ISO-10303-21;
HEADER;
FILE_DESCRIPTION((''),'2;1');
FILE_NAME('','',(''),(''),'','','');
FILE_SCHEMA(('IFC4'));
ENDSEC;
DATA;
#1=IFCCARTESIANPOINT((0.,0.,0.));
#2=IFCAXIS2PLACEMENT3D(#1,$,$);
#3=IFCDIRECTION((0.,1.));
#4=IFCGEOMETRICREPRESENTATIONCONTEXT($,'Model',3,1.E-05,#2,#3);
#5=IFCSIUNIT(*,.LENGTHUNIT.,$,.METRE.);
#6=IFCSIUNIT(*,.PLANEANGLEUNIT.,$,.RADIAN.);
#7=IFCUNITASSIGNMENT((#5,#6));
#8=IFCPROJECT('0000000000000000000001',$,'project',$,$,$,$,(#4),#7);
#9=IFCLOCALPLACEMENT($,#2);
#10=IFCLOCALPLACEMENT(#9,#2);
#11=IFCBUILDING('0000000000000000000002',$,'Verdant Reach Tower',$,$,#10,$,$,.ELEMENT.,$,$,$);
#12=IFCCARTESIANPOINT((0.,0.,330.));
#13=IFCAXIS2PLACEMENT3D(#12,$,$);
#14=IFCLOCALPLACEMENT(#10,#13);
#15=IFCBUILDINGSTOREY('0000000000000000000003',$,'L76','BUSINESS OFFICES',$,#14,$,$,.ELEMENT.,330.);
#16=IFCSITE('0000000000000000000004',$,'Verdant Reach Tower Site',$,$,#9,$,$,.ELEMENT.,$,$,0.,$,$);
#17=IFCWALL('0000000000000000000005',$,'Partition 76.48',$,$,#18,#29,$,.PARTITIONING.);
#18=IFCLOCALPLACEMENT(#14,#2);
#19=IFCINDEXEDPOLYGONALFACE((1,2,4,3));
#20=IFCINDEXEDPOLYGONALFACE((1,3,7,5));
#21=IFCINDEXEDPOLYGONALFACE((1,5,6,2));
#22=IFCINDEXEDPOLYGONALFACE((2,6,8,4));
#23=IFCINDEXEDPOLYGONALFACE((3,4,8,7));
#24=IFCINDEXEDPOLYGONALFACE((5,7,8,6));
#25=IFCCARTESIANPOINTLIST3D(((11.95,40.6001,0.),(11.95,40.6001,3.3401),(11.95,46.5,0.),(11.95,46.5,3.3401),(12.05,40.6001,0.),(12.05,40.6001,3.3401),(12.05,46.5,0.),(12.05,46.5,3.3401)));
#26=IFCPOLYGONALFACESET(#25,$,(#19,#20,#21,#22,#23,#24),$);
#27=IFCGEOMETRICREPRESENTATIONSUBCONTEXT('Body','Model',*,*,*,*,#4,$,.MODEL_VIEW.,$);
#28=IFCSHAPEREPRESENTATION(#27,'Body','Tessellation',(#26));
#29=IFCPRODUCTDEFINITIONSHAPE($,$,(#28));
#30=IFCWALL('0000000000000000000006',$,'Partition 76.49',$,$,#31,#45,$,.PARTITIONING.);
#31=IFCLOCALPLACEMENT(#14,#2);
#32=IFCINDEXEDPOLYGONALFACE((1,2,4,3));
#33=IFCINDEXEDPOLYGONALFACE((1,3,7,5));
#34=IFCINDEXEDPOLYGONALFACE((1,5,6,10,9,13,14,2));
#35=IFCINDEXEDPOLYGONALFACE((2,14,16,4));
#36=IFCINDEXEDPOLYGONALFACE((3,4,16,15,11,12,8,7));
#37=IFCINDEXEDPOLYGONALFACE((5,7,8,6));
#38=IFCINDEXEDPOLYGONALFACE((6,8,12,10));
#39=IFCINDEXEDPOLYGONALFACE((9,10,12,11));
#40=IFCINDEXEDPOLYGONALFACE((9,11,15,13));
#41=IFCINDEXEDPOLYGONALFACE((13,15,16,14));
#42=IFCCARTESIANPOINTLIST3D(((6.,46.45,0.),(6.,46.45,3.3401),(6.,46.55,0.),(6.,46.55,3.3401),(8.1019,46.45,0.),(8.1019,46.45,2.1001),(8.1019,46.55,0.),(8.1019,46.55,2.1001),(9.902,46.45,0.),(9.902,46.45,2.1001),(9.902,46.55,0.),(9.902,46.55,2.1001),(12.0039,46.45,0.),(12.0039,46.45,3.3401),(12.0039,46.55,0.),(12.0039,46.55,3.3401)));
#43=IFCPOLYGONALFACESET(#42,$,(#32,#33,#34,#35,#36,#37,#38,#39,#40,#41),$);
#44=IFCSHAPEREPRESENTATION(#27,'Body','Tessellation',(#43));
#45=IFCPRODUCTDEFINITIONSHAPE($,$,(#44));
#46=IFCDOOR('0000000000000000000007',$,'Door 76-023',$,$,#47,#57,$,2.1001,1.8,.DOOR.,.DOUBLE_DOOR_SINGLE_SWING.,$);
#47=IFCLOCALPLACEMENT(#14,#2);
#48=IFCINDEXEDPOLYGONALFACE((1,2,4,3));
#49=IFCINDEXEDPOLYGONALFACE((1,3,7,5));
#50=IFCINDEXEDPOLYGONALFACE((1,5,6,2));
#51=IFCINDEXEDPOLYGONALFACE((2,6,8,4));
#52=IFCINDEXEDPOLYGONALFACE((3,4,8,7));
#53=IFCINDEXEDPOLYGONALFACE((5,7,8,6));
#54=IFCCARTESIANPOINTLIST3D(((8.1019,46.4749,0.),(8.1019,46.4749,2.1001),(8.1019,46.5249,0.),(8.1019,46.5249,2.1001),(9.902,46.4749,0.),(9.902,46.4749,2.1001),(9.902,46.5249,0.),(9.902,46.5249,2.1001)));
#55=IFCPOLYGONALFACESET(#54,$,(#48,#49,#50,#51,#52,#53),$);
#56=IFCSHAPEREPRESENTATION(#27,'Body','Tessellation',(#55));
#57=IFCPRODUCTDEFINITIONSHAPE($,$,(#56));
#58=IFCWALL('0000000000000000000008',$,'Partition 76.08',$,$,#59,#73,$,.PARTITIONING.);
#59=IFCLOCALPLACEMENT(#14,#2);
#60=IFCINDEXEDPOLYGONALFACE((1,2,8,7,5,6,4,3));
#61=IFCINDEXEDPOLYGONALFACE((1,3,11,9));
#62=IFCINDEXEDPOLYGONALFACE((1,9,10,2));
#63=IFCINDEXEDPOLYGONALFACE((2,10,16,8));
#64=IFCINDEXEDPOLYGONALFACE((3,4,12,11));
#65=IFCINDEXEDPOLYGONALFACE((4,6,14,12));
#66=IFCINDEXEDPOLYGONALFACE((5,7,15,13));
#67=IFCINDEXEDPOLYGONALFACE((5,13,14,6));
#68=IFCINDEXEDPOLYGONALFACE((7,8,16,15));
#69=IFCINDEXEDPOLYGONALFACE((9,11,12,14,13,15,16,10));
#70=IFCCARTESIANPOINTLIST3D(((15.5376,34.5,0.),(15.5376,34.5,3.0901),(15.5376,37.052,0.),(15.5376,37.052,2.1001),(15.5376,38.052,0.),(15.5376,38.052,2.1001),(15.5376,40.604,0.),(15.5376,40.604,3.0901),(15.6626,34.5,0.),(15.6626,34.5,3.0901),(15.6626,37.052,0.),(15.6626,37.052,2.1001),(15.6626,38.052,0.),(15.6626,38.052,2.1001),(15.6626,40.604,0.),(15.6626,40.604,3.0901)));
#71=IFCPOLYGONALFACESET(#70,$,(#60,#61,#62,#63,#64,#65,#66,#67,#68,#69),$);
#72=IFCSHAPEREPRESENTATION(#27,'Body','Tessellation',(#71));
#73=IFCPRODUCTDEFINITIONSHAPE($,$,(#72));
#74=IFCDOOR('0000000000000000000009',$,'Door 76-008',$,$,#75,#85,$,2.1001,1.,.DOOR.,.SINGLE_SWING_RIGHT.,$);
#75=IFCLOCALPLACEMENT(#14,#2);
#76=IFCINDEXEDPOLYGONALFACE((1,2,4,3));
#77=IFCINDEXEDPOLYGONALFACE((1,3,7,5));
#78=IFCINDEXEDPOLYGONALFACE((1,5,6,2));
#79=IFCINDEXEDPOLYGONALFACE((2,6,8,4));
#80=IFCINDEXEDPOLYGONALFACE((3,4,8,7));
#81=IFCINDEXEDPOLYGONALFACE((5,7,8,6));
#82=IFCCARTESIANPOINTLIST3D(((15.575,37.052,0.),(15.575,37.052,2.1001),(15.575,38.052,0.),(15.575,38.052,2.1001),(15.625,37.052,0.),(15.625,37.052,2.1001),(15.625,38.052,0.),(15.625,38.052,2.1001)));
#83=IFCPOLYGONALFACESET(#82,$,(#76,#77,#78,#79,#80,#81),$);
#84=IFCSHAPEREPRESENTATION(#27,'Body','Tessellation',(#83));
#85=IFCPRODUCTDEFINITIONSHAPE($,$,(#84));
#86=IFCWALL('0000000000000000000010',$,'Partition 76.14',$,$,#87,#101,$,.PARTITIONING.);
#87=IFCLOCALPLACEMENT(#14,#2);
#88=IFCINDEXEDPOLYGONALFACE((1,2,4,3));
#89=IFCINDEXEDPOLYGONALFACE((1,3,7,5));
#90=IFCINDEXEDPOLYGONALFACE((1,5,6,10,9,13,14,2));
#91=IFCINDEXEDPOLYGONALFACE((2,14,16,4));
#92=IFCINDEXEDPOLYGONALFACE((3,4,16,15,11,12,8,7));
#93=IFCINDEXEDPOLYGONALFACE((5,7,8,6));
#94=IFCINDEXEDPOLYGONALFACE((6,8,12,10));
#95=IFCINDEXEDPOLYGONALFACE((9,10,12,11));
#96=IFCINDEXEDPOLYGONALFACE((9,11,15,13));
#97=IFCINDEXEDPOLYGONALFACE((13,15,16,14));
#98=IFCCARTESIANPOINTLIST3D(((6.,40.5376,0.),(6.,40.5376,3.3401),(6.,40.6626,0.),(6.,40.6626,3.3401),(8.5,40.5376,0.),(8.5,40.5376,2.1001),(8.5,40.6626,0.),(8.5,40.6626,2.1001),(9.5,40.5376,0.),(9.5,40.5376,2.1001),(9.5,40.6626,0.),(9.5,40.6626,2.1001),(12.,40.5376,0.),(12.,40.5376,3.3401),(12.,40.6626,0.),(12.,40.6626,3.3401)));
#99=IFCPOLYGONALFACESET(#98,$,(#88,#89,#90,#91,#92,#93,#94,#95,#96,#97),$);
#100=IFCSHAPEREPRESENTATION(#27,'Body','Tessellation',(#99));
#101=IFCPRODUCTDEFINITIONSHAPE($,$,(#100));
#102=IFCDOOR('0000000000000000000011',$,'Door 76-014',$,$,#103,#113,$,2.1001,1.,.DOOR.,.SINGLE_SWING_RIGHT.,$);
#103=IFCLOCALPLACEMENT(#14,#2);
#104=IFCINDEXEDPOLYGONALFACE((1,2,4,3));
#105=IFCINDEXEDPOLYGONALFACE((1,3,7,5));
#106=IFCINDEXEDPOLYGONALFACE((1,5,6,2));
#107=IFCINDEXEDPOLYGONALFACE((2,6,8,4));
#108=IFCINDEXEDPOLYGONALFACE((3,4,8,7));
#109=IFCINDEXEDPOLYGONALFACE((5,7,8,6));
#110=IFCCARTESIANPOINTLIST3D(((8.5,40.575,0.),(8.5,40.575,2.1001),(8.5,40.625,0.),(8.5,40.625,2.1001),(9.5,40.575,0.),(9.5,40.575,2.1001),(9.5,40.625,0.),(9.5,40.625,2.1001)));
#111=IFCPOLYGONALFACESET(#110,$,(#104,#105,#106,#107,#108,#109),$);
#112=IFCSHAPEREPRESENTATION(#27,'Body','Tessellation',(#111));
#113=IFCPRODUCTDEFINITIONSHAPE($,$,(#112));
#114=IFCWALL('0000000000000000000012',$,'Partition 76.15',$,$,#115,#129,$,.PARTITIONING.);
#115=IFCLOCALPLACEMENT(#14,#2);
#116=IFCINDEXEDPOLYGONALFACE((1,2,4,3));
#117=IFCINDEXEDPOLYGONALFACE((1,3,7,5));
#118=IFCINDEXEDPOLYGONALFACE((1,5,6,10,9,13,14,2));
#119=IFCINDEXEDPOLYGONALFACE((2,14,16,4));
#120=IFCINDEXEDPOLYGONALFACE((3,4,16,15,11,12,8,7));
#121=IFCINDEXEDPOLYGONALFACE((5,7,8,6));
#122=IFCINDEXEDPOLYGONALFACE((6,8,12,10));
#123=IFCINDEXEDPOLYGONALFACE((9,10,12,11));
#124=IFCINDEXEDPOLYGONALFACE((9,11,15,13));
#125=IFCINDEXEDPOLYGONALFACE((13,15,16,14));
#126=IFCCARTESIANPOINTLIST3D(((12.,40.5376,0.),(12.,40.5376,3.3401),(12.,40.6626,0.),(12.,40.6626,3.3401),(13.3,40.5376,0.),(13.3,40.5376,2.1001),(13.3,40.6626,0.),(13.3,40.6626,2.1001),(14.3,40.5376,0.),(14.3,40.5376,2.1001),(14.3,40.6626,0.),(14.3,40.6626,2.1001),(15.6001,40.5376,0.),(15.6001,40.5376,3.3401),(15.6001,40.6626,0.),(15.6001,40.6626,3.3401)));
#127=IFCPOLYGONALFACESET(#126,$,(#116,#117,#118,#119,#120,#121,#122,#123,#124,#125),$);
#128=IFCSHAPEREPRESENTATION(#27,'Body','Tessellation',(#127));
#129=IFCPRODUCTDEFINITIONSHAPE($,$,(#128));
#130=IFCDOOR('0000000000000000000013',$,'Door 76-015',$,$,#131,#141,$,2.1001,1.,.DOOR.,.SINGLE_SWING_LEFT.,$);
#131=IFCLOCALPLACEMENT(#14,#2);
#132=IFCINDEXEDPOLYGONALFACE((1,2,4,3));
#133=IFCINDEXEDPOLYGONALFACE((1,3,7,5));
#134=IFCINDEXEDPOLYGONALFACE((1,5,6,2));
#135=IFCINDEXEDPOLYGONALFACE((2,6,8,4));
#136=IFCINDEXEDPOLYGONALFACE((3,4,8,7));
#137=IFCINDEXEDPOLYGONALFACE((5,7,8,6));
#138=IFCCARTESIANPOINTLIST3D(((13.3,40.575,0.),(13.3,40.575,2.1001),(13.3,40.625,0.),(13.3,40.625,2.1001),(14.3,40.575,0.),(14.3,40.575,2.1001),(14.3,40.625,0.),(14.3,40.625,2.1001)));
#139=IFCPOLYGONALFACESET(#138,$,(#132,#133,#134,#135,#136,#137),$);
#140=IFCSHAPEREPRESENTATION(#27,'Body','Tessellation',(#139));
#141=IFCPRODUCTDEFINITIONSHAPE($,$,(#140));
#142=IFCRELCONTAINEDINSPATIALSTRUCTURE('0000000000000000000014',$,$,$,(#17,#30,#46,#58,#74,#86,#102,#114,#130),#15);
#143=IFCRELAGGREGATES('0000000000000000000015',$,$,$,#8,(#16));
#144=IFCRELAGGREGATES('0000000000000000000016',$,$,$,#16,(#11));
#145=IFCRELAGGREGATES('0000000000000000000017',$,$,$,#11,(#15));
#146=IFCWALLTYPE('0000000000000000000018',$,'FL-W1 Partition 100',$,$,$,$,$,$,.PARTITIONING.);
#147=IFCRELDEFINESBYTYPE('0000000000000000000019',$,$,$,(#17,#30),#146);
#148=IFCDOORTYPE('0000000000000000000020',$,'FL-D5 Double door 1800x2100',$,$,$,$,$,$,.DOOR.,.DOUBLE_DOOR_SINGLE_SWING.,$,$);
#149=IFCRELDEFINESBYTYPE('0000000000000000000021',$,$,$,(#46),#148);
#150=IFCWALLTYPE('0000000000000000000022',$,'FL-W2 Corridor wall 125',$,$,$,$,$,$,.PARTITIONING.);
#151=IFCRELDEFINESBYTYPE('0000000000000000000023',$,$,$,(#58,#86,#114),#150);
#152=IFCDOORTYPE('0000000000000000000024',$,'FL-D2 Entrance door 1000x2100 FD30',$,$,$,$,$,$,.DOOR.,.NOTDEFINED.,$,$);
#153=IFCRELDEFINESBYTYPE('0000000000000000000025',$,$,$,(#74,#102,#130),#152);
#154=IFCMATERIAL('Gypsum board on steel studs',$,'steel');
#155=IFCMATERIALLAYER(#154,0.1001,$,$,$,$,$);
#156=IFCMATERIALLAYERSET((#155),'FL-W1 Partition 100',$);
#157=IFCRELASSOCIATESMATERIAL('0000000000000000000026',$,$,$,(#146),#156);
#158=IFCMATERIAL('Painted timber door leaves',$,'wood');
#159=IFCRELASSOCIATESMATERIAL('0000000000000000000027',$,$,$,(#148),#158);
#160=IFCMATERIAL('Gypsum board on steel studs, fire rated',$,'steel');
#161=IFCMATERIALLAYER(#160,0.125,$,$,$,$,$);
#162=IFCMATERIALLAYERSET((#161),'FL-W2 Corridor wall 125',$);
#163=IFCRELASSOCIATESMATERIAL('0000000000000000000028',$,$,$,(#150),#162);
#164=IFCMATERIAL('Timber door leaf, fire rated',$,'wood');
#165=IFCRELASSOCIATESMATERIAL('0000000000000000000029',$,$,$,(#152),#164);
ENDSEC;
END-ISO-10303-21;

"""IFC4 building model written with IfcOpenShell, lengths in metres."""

from ifc_helpers import new_model, si_unit, direction, frame, frame_2d, origin, place, context, subcontext, project, spatial, rectangle, extrude, material, layer, layer_set, type_object, element, fill, save


model = new_model("IFC4")

# Units and contexts
model_context = context("Model", 3, precision=1e-05, world=origin(), true_north=direction((0.0, 1.0)))
body_context = subcontext(model_context, "Body", "Model", "MODEL_VIEW")
ifc_project = project(units=[si_unit("LENGTHUNIT", "METRE"), si_unit("PLANEANGLEUNIT", "RADIAN")], contexts=[model_context])

# Site, building, storey
site_placement = place(None, origin())
site = spatial("IfcSite", under=ifc_project, at=site_placement, Name="Verdant Reach Tower Site", CompositionType="ELEMENT", RefElevation=0.0)
building_placement = place(site_placement, origin())
building = spatial("IfcBuilding", under=site, at=building_placement, Name="Verdant Reach Tower", CompositionType="ELEMENT")
storey_placement = place(building_placement, frame((0.0, 0.0, 330.0)))
storey = spatial("IfcBuildingStorey", under=building, at=storey_placement, Name="L76", Description="BUSINESS OFFICES", CompositionType="ELEMENT", Elevation=330.0)

# Wall
ifc_material_1 = material(Name="Gypsum board on steel studs", Category="steel")
ifc_layer_1 = layer(ifc_material_1, 0.1001)
ifc_layer_set_1 = layer_set([ifc_layer_1], Name="FL-W1 Partition 100")
wall_type_1 = type_object("IfcWallType", Name="FL-W1 Partition 100", PredefinedType="PARTITIONING", material=ifc_layer_set_1)
wall_1_placement = place(storey_placement, frame((12.0, 40.6001, 0.0), z_axis=(0.0, 0.0, 1.0), x_axis=(0.0, 1.0, 0.0)))
element("IfcWall", 1, at=wall_1_placement, inside=storey, type_object=wall_type_1, Name="Partition 76.48", PredefinedType="PARTITIONING", context=body_context, shape_type="SweptSolid", body=[
    extrude(rectangle(XDim=5.8999, YDim=0.1001, at=frame_2d((2.95, 0.0))), origin(), (0.0, 0.0, 1.0), 3.3401),
])

# Walls, openings, doors
wall_2_placement = place(storey_placement, frame((6.0, 46.5, 0.0), z_axis=(0.0, 0.0, 1.0), x_axis=(1.0, 0.0, 0.0)))
wall_2 = element("IfcWall", 2, at=wall_2_placement, inside=storey, type_object=wall_type_1, Name="Partition 76.49", PredefinedType="PARTITIONING", context=body_context, shape_type="SweptSolid", body=[
    extrude(rectangle(XDim=6.0039, YDim=0.1001, at=frame_2d((3.002, 0.0))), origin(), (0.0, 0.0, 1.0), 3.3401),
])
opening_1_placement = place(wall_2_placement, frame((2.1021, 0.0, 0.0)))
opening_1 = element("IfcOpeningElement", 3, at=opening_1_placement, cuts=wall_2, PredefinedType="OPENING", context=body_context, shape_type="SweptSolid", body=[
    extrude(rectangle(XDim=1.8, YDim=2.1001, at=frame_2d((0.8999, 1.05))), frame((0.0, 0.0601, 0.0), z_axis=(0.0, -1.0, 0.0), x_axis=(1.0, 0.0, 0.0)), (0.0, 0.0, 1.0), 0.1201),
])
ifc_material_2 = material(Name="Painted timber door leaves", Category="wood")
door_type_1 = type_object("IfcDoorType", Name="FL-D5 Double door 1800x2100", OperationType="DOUBLE_DOOR_SINGLE_SWING", PredefinedType="DOOR", material=ifc_material_2)
door_1_placement = place(opening_1_placement, origin())
door_1 = element("IfcDoor", 4, at=door_1_placement, inside=storey, type_object=door_type_1, Name="Door 76-023", OperationType="DOUBLE_DOOR_SINGLE_SWING", OverallHeight=2.1001, OverallWidth=1.8, PredefinedType="DOOR", context=body_context, shape_type="SweptSolid", body=[
    extrude(rectangle(XDim=1.8, YDim=2.1001, at=frame_2d((0.8999, 1.05))), frame((0.0, 0.0249, 0.0), z_axis=(0.0, -1.0, 0.0), x_axis=(1.0, 0.0, 0.0)), (0.0, 0.0, 1.0), 0.05),
])
fill(opening_1, door_1)
ifc_material_3 = material(Name="Gypsum board on steel studs, fire rated", Category="steel")
ifc_layer_2 = layer(ifc_material_3, 0.125)
ifc_layer_set_2 = layer_set([ifc_layer_2], Name="FL-W2 Corridor wall 125")
wall_type_2 = type_object("IfcWallType", Name="FL-W2 Corridor wall 125", PredefinedType="PARTITIONING", material=ifc_layer_set_2)
wall_3_placement = place(storey_placement, frame((15.6001, 40.604, 0.0), z_axis=(0.0, 0.0, 1.0), x_axis=(0.0, -1.0, 0.0)))
wall_3 = element("IfcWall", 5, at=wall_3_placement, inside=storey, type_object=wall_type_2, Name="Partition 76.08", PredefinedType="PARTITIONING", context=body_context, shape_type="SweptSolid", body=[
    extrude(rectangle(XDim=6.104, YDim=0.125, at=frame_2d((3.052, 0.0))), origin(), (0.0, 0.0, 1.0), 3.0901),
])
opening_2_placement = place(wall_3_placement, frame((2.552, 0.0, 0.0)))
opening_2 = element("IfcOpeningElement", 6, at=opening_2_placement, cuts=wall_3, PredefinedType="OPENING", context=body_context, shape_type="SweptSolid", body=[
    extrude(rectangle(XDim=1.0, YDim=2.1001, at=frame_2d((0.5, 1.05))), frame((0.0, 0.0725, 0.0), z_axis=(0.0, -1.0, 0.0), x_axis=(1.0, 0.0, 0.0)), (0.0, 0.0, 1.0), 0.145),
])
ifc_material_4 = material(Name="Timber door leaf, fire rated", Category="wood")
door_type_2 = type_object("IfcDoorType", Name="FL-D2 Entrance door 1000x2100 FD30", OperationType="NOTDEFINED", PredefinedType="DOOR", material=ifc_material_4)
door_2_placement = place(opening_2_placement, origin())
door_2 = element("IfcDoor", 7, at=door_2_placement, inside=storey, type_object=door_type_2, Name="Door 76-008", OperationType="SINGLE_SWING_RIGHT", OverallHeight=2.1001, OverallWidth=1.0, PredefinedType="DOOR", context=body_context, shape_type="SweptSolid", body=[
    extrude(rectangle(XDim=1.0, YDim=2.1001, at=frame_2d((0.5, 1.05))), frame((0.0, 0.0249, 0.0), z_axis=(0.0, -1.0, 0.0), x_axis=(1.0, 0.0, 0.0)), (0.0, 0.0, 1.0), 0.05),
])
fill(opening_2, door_2)
wall_4_placement = place(storey_placement, frame((6.0, 40.6001, 0.0), z_axis=(0.0, 0.0, 1.0), x_axis=(1.0, 0.0, 0.0)))
wall_4 = element("IfcWall", 8, at=wall_4_placement, inside=storey, type_object=wall_type_2, Name="Partition 76.14", PredefinedType="PARTITIONING", context=body_context, shape_type="SweptSolid", body=[
    extrude(rectangle(XDim=6.0, YDim=0.125, at=frame_2d((3.0, 0.0))), origin(), (0.0, 0.0, 1.0), 3.3401),
])
opening_3_placement = place(wall_4_placement, frame((2.5, 0.0, 0.0)))
opening_3 = element("IfcOpeningElement", 9, at=opening_3_placement, cuts=wall_4, PredefinedType="OPENING", context=body_context, shape_type="SweptSolid", body=[
    extrude(rectangle(XDim=1.0, YDim=2.1001, at=frame_2d((0.5, 1.05))), frame((0.0, 0.0725, 0.0), z_axis=(0.0, -1.0, 0.0), x_axis=(1.0, 0.0, 0.0)), (0.0, 0.0, 1.0), 0.145),
])
door_3_placement = place(opening_3_placement, origin())
door_3 = element("IfcDoor", 10, at=door_3_placement, inside=storey, type_object=door_type_2, Name="Door 76-014", OperationType="SINGLE_SWING_RIGHT", OverallHeight=2.1001, OverallWidth=1.0, PredefinedType="DOOR", context=body_context, shape_type="SweptSolid", body=[
    extrude(rectangle(XDim=1.0, YDim=2.1001, at=frame_2d((0.5, 1.05))), frame((0.0, 0.0249, 0.0), z_axis=(0.0, -1.0, 0.0), x_axis=(1.0, 0.0, 0.0)), (0.0, 0.0, 1.0), 0.05),
])
fill(opening_3, door_3)
wall_5_placement = place(storey_placement, frame((12.0, 40.6001, 0.0), z_axis=(0.0, 0.0, 1.0), x_axis=(1.0, 0.0, 0.0)))
wall_5 = element("IfcWall", 11, at=wall_5_placement, inside=storey, type_object=wall_type_2, Name="Partition 76.15", PredefinedType="PARTITIONING", context=body_context, shape_type="SweptSolid", body=[
    extrude(rectangle(XDim=3.6001, YDim=0.125, at=frame_2d((1.8, 0.0))), origin(), (0.0, 0.0, 1.0), 3.3401),
])
opening_4_placement = place(wall_5_placement, frame((1.3, 0.0, 0.0)))
opening_4 = element("IfcOpeningElement", 12, at=opening_4_placement, cuts=wall_5, PredefinedType="OPENING", context=body_context, shape_type="SweptSolid", body=[
    extrude(rectangle(XDim=1.0, YDim=2.1001, at=frame_2d((0.5, 1.05))), frame((0.0, 0.0725, 0.0), z_axis=(0.0, -1.0, 0.0), x_axis=(1.0, 0.0, 0.0)), (0.0, 0.0, 1.0), 0.145),
])
door_4_placement = place(opening_4_placement, origin())
door_4 = element("IfcDoor", 13, at=door_4_placement, inside=storey, type_object=door_type_2, Name="Door 76-015", OperationType="SINGLE_SWING_LEFT", OverallHeight=2.1001, OverallWidth=1.0, PredefinedType="DOOR", context=body_context, shape_type="SweptSolid", body=[
    extrude(rectangle(XDim=1.0, YDim=2.1001, at=frame_2d((0.5, 1.05))), frame((0.0, 0.0249, 0.0), z_axis=(0.0, -1.0, 0.0), x_axis=(1.0, 0.0, 0.0)), (0.0, 0.0, 1.0), 0.05),
])
fill(opening_4, door_4)

save(model, "model.ifc")
